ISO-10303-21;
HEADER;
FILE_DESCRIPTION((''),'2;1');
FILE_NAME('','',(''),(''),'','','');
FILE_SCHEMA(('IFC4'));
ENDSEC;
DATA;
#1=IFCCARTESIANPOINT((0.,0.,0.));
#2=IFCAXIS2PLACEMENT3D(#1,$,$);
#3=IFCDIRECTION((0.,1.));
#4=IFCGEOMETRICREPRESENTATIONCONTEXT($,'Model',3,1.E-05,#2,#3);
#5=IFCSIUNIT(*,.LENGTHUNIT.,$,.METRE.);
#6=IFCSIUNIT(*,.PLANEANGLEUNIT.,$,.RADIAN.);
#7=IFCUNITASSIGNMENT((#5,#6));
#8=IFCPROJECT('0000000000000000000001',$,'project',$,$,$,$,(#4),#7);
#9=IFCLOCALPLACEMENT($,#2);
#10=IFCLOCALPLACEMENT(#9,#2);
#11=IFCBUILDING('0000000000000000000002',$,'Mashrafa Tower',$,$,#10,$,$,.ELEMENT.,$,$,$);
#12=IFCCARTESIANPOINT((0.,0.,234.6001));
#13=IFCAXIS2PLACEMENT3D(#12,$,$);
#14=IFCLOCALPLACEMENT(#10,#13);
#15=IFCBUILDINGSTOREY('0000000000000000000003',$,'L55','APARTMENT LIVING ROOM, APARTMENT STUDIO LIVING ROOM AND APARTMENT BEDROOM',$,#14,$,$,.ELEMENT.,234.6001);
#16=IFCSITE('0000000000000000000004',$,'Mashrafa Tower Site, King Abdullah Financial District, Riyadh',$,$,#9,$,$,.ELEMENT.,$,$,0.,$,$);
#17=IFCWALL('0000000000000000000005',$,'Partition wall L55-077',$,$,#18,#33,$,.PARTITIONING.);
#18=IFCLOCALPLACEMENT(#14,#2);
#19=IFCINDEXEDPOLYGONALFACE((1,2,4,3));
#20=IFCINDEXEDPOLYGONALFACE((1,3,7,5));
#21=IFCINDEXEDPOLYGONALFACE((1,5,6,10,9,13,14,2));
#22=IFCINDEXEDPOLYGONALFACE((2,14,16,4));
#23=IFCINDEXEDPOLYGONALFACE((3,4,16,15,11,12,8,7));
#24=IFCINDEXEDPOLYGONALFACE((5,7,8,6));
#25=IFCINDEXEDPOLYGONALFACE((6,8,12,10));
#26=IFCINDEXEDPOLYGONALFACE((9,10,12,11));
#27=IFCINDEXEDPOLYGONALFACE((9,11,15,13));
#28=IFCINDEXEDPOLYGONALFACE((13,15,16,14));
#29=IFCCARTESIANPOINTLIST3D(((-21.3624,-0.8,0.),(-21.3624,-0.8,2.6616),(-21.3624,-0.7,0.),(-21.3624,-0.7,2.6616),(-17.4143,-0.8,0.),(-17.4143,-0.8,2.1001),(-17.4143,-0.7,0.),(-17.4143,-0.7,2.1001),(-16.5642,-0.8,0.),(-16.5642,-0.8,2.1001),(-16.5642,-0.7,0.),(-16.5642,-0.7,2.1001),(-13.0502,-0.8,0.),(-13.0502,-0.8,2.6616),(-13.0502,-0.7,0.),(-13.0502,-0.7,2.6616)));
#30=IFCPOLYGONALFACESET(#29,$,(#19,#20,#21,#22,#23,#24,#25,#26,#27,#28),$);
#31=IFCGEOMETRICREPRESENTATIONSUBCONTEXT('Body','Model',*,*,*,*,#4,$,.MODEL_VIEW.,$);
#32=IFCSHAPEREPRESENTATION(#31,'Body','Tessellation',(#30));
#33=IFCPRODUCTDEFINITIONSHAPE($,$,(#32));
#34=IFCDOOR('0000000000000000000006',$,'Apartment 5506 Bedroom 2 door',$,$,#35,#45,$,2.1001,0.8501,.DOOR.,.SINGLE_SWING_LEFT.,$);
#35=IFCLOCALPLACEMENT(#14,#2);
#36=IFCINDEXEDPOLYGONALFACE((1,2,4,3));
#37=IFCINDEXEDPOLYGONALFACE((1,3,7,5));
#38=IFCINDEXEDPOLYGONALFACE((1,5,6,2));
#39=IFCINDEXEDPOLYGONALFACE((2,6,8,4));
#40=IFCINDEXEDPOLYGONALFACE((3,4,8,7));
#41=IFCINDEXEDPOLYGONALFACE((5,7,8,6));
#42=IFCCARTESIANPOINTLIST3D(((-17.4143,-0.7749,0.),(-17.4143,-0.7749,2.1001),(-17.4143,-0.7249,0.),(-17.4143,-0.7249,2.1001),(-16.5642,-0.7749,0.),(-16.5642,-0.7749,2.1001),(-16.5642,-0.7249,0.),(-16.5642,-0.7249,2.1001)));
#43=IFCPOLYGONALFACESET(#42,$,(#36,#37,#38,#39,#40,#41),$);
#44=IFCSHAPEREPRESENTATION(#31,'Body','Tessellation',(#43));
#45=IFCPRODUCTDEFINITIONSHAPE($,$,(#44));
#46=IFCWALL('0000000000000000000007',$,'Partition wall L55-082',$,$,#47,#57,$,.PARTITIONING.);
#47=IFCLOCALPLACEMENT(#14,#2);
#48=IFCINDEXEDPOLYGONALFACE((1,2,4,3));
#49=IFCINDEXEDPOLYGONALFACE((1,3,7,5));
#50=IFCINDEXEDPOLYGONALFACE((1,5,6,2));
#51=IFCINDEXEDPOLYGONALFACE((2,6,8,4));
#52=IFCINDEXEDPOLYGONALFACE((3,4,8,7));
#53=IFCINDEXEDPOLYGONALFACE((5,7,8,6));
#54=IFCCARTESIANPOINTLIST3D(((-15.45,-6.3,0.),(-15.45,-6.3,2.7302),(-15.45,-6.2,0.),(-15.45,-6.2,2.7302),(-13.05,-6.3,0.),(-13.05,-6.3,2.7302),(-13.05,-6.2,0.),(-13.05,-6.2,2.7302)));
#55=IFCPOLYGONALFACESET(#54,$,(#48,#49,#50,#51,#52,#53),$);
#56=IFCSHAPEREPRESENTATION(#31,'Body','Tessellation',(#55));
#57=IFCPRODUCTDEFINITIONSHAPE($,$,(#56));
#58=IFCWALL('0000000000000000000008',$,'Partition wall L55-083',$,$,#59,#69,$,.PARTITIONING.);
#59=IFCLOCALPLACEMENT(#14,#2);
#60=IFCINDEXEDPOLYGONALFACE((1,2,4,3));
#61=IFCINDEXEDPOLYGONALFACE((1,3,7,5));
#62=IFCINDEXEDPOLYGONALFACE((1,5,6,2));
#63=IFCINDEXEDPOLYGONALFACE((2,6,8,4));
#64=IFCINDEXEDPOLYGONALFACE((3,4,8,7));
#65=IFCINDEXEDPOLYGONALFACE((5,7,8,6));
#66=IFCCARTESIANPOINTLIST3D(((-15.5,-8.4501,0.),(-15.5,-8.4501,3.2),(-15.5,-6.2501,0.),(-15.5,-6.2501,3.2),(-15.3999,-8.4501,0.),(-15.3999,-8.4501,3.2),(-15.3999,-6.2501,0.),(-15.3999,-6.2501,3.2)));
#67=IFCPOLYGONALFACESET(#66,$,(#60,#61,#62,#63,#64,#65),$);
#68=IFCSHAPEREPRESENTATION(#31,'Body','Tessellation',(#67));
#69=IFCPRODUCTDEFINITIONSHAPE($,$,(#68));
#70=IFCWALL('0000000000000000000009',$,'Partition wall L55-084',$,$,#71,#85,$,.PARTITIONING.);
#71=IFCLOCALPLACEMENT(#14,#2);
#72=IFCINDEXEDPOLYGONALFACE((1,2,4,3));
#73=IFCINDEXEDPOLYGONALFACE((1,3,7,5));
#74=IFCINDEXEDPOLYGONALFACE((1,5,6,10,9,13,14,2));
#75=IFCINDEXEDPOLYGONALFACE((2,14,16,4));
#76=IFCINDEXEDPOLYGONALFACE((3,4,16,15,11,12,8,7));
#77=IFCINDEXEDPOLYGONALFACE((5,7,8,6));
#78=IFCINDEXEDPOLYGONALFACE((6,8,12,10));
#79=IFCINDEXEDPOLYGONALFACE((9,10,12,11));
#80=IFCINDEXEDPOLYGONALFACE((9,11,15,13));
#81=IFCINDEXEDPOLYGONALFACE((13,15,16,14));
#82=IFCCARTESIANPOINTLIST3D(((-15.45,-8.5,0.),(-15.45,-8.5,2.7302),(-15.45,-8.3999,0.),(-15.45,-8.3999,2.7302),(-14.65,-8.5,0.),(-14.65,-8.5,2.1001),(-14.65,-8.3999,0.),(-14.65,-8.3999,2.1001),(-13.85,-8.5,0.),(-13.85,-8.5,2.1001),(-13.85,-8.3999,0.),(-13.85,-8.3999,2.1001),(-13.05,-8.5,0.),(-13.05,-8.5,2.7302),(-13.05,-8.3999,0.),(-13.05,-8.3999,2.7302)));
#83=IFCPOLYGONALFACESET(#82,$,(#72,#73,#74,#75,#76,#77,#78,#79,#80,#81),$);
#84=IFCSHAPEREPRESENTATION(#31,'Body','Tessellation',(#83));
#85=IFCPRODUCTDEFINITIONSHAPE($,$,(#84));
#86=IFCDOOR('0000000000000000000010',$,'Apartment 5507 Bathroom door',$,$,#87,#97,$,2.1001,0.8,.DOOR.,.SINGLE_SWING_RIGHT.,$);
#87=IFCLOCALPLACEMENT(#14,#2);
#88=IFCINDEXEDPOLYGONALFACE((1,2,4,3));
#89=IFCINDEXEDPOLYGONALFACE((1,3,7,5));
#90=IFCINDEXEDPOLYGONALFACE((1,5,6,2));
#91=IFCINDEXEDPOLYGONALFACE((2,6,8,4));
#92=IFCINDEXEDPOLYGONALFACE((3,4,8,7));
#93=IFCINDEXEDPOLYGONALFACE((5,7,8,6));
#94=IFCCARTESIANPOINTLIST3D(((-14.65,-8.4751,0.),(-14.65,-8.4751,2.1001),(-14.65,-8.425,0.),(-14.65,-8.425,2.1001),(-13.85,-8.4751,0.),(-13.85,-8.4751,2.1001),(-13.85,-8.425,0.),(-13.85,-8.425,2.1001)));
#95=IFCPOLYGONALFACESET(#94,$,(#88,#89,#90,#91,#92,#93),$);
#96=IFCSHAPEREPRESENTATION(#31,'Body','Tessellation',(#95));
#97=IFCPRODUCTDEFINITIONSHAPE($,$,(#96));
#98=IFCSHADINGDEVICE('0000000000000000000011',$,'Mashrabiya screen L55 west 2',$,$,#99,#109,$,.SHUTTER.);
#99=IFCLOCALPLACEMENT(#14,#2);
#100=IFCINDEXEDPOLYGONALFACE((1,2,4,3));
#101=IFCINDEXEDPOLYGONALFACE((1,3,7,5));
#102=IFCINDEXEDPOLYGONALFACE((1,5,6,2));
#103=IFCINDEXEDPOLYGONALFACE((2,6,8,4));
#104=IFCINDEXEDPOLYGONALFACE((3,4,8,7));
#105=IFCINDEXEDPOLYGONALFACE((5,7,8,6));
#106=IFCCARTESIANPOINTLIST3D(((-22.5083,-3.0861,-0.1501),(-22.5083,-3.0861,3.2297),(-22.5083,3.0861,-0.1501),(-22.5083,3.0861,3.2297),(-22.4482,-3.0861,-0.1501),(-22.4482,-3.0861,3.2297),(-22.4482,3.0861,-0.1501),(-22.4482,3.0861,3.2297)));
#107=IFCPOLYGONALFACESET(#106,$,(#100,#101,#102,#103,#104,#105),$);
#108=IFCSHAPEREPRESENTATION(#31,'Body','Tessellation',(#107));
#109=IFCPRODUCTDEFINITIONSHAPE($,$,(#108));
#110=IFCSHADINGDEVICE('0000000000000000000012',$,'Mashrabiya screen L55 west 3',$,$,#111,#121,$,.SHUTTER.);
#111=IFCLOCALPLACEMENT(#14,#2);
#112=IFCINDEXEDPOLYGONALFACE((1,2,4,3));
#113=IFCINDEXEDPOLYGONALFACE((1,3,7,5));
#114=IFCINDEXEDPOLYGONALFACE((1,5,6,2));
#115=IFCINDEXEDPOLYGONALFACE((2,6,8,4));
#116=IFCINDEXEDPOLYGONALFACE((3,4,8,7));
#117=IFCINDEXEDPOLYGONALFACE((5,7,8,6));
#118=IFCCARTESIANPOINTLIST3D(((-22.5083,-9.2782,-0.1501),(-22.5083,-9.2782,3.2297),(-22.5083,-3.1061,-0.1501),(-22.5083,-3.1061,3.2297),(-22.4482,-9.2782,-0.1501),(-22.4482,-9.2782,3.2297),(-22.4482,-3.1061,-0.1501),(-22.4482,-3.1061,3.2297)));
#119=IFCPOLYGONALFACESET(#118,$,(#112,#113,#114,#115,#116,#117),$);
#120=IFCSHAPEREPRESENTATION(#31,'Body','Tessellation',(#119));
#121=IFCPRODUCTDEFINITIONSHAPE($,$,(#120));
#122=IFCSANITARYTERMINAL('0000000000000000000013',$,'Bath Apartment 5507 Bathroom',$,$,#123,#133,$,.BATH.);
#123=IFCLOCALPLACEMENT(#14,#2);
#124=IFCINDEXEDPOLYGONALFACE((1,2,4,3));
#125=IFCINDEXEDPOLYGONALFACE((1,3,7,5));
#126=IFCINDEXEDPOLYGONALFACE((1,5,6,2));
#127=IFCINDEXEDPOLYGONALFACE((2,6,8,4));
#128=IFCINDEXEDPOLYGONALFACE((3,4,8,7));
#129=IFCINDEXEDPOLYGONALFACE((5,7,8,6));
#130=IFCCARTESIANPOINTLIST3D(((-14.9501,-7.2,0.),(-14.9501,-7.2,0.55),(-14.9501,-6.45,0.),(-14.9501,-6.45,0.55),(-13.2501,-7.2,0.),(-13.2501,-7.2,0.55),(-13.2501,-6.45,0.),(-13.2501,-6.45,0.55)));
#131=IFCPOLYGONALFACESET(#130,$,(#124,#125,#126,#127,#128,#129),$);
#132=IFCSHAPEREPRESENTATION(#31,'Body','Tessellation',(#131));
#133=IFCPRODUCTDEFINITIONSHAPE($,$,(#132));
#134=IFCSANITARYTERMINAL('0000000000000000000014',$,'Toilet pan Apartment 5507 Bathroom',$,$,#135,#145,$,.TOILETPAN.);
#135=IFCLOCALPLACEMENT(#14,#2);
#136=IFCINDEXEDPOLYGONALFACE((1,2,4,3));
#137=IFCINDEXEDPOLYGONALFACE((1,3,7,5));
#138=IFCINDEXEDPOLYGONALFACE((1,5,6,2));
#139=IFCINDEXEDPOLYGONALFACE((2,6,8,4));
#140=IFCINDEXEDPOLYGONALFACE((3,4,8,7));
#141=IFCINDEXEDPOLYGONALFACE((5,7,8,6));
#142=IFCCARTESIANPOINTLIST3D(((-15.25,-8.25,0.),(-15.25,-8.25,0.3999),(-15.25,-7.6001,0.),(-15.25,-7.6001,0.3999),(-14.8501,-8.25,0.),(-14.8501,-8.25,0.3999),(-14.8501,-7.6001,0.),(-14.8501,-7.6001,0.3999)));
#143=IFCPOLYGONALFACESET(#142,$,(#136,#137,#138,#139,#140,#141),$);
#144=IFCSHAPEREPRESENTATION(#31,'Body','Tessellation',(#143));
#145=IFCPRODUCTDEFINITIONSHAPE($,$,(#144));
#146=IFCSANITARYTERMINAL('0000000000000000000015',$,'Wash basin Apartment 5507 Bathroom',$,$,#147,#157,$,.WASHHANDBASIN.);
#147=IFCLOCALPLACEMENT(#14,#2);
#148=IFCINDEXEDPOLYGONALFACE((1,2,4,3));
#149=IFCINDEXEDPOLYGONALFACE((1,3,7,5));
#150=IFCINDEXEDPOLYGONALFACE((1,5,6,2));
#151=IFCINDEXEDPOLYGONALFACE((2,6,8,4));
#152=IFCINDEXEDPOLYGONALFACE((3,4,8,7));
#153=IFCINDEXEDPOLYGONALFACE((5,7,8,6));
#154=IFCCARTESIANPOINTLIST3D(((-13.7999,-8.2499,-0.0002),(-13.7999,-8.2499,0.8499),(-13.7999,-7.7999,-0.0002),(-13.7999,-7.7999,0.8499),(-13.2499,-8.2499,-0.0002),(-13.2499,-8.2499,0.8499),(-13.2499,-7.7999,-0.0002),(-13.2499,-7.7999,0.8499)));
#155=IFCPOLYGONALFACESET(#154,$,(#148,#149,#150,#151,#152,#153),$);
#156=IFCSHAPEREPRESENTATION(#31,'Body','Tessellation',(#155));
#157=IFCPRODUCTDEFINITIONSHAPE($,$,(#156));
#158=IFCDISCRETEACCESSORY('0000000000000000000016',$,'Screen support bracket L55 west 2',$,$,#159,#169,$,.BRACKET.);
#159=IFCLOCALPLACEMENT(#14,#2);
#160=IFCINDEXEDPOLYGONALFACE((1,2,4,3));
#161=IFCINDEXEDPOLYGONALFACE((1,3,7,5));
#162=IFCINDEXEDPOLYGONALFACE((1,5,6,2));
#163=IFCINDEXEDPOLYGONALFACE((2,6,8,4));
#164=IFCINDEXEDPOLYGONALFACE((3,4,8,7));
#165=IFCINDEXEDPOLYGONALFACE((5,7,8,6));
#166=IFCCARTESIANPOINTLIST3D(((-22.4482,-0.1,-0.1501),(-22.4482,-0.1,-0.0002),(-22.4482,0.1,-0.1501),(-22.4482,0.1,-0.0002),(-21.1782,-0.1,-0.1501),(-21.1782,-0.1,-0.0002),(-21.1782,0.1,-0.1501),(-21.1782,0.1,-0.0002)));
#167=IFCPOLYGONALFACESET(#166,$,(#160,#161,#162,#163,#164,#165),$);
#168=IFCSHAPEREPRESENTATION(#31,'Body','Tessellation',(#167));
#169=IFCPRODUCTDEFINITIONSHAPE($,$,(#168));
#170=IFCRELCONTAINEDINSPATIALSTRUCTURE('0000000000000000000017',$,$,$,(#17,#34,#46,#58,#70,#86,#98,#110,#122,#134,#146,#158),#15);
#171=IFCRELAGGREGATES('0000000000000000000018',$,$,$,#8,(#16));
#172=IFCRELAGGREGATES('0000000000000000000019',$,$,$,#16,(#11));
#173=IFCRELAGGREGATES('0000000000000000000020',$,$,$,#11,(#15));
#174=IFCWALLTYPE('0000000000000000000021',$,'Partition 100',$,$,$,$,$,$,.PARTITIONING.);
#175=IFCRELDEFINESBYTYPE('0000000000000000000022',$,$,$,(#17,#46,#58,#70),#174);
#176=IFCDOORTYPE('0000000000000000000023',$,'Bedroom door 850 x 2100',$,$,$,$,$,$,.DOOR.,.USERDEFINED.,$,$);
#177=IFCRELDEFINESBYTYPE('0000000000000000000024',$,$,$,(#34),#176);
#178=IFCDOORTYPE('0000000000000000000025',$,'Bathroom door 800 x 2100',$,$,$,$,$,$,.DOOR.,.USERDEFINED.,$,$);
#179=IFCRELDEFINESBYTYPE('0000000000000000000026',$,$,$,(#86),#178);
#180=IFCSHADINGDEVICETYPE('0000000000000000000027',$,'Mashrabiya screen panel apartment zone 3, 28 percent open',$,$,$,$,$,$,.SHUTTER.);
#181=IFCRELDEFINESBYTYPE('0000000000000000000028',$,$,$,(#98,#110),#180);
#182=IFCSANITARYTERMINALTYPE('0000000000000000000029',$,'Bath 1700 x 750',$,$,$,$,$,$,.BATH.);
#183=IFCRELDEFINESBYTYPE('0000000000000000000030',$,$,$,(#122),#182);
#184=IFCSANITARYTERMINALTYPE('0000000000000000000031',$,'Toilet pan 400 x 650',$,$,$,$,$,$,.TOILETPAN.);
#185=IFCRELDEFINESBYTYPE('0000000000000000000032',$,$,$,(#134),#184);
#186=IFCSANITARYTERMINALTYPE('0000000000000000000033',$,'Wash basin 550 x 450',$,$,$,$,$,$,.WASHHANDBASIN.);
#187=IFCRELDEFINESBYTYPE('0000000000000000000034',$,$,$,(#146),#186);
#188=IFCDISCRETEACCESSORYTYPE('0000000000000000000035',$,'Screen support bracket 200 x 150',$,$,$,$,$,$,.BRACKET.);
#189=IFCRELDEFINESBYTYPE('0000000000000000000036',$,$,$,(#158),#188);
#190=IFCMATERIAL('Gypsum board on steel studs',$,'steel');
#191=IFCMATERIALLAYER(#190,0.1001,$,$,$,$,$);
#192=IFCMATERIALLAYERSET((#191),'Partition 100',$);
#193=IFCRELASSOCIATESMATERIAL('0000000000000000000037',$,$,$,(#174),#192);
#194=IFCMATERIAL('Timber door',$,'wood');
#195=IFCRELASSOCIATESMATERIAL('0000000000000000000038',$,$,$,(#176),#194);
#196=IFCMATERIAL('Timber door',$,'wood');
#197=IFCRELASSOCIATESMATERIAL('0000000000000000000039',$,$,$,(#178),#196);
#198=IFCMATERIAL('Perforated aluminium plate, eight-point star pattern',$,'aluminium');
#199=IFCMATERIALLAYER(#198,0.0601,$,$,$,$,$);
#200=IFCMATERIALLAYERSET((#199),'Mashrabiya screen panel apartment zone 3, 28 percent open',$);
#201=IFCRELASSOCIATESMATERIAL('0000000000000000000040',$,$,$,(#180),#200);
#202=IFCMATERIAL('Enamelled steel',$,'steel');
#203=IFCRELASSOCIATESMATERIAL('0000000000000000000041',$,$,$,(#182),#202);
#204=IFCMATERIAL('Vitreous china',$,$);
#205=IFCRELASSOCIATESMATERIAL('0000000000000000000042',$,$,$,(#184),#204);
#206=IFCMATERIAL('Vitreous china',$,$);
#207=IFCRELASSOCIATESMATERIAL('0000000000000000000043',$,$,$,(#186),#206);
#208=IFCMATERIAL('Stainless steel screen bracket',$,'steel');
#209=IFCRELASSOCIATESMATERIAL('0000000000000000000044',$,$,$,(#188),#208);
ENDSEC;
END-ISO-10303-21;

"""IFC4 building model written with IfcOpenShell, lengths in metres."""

from ifc_helpers import new_model, si_unit, direction, frame, frame_2d, origin, origin_2d, place, context, subcontext, project, spatial, rectangle, extrude, source, transform, mapped, material, layer, layer_set, type_object, type_shapes, element, fill, save


model = new_model("IFC4")

# Units and contexts
model_context = context("Model", 3, precision=1e-05, world=origin(), true_north=direction((0.0, 1.0)))
body_context = subcontext(model_context, "Body", "Model", "MODEL_VIEW")
ifc_project = project(units=[si_unit("LENGTHUNIT", "METRE"), si_unit("PLANEANGLEUNIT", "RADIAN")], contexts=[model_context])

# Site, building, storey
site_placement = place(None, origin())
site = spatial("IfcSite", under=ifc_project, at=site_placement, Name="Mashrafa Tower Site, King Abdullah Financial District, Riyadh", CompositionType="ELEMENT", RefElevation=0.0)
building_placement = place(site_placement, origin())
building = spatial("IfcBuilding", under=site, at=building_placement, Name="Mashrafa Tower", CompositionType="ELEMENT")
storey_placement = place(building_placement, frame((0.0, 0.0, 234.6001)))
storey = spatial("IfcBuildingStorey", under=building, at=storey_placement, Name="L55", Description="APARTMENT LIVING ROOM, APARTMENT STUDIO LIVING ROOM AND APARTMENT BEDROOM", CompositionType="ELEMENT", Elevation=234.6001)

# Wall, opening, door
ifc_material_1 = material(Name="Gypsum board on steel studs", Category="steel")
ifc_layer_1 = layer(ifc_material_1, 0.1001)
ifc_layer_set_1 = layer_set([ifc_layer_1], Name="Partition 100")
wall_type_1 = type_object("IfcWallType", Name="Partition 100", PredefinedType="PARTITIONING", material=ifc_layer_set_1)
wall_1_placement = place(storey_placement, frame((-13.05, -0.75, 0.0), z_axis=(0.0, 0.0, 1.0), x_axis=(-1.0, 0.0, 0.0)))
wall_1 = element("IfcWall", 1, at=wall_1_placement, inside=storey, type_object=wall_type_1, Name="Partition wall L55-077", PredefinedType="PARTITIONING", context=body_context, shape_type="SweptSolid", body=[
    extrude(rectangle(XDim=8.3123, YDim=0.1001, at=frame_2d((4.1562, 0.0))), origin(), (0.0, 0.0, 1.0), 2.6616),
])
opening_1_placement = place(wall_1_placement, frame((3.5142, 0.0, 0.0)))
opening_1 = element("IfcOpeningElement", 2, at=opening_1_placement, cuts=wall_1, PredefinedType="OPENING", context=body_context, shape_type="SweptSolid", body=[
    extrude(rectangle(XDim=0.8501, YDim=2.1001, at=frame_2d((0.425, 1.05))), frame((0.0, 0.0601, 0.0), z_axis=(0.0, -1.0, 0.0), x_axis=(1.0, 0.0, 0.0)), (0.0, 0.0, 1.0), 0.1201),
])
ifc_material_2 = material(Name="Timber door", Category="wood")
door_type_1 = type_object("IfcDoorType", Name="Bedroom door 850 x 2100", OperationType="USERDEFINED", PredefinedType="DOOR", material=ifc_material_2)
door_1_placement = place(opening_1_placement, origin())
door_1 = element("IfcDoor", 3, at=door_1_placement, inside=storey, type_object=door_type_1, Name="Apartment 5506 Bedroom 2 door", OperationType="SINGLE_SWING_LEFT", OverallHeight=2.1001, OverallWidth=0.8501, PredefinedType="DOOR", context=body_context, shape_type="SweptSolid", body=[
    extrude(rectangle(XDim=0.8501, YDim=2.1001, at=frame_2d((0.425, 1.05))), frame((0.0, 0.0249, 0.0), z_axis=(0.0, -1.0, 0.0), x_axis=(1.0, 0.0, 0.0)), (0.0, 0.0, 1.0), 0.05),
])
fill(opening_1, door_1)

# Walls
wall_2_placement = place(storey_placement, frame((-13.05, -6.25, 0.0), z_axis=(0.0, 0.0, 1.0), x_axis=(-1.0, 0.0, 0.0)))
element("IfcWall", 4, at=wall_2_placement, inside=storey, type_object=wall_type_1, Name="Partition wall L55-082", PredefinedType="PARTITIONING", context=body_context, shape_type="SweptSolid", body=[
    extrude(rectangle(XDim=2.3999, YDim=0.1001, at=frame_2d((1.2, 0.0))), origin(), (0.0, 0.0, 1.0), 2.7302),
])
wall_3_placement = place(storey_placement, frame((-15.45, -6.25, 0.0), z_axis=(0.0, 0.0, 1.0), x_axis=(0.0, -1.0, 0.0)))
element("IfcWall", 5, at=wall_3_placement, inside=storey, type_object=wall_type_1, Name="Partition wall L55-083", PredefinedType="PARTITIONING", context=body_context, shape_type="SweptSolid", body=[
    extrude(rectangle(XDim=2.2, YDim=0.1001, at=frame_2d((1.1001, 0.0))), origin(), (0.0, 0.0, 1.0), 3.2),
])

# Wall, opening, door
wall_4_placement = place(storey_placement, frame((-15.45, -8.45, 0.0), z_axis=(0.0, 0.0, 1.0), x_axis=(1.0, 0.0, 0.0)))
wall_4 = element("IfcWall", 6, at=wall_4_placement, inside=storey, type_object=wall_type_1, Name="Partition wall L55-084", PredefinedType="PARTITIONING", context=body_context, shape_type="SweptSolid", body=[
    extrude(rectangle(XDim=2.3999, YDim=0.1001, at=frame_2d((1.2, 0.0))), origin(), (0.0, 0.0, 1.0), 2.7302),
])
opening_2_placement = place(wall_4_placement, frame((0.8, 0.0, 0.0)))
opening_2 = element("IfcOpeningElement", 7, at=opening_2_placement, cuts=wall_4, PredefinedType="OPENING", context=body_context, shape_type="SweptSolid", body=[
    extrude(rectangle(XDim=0.8, YDim=2.1001, at=frame_2d((0.3999, 1.05))), frame((0.0, 0.0601, 0.0), z_axis=(0.0, -1.0, 0.0), x_axis=(1.0, 0.0, 0.0)), (0.0, 0.0, 1.0), 0.1201),
])
ifc_material_3 = material(Name="Timber door", Category="wood")
door_type_2 = type_object("IfcDoorType", Name="Bathroom door 800 x 2100", OperationType="USERDEFINED", PredefinedType="DOOR", material=ifc_material_3)
door_2_placement = place(opening_2_placement, origin())
door_2 = element("IfcDoor", 8, at=door_2_placement, inside=storey, type_object=door_type_2, Name="Apartment 5507 Bathroom door", OperationType="SINGLE_SWING_RIGHT", OverallHeight=2.1001, OverallWidth=0.8, PredefinedType="DOOR", context=body_context, shape_type="SweptSolid", body=[
    extrude(rectangle(XDim=0.8, YDim=2.1001, at=frame_2d((0.3999, 1.05))), frame((0.0, 0.0249, 0.0), z_axis=(0.0, -1.0, 0.0), x_axis=(1.0, 0.0, 0.0)), (0.0, 0.0, 1.0), 0.05),
])
fill(opening_2, door_2)

# Shading devices
ifc_material_4 = material(Name="Perforated aluminium plate, eight-point star pattern", Category="aluminium")
ifc_layer_2 = layer(ifc_material_4, 0.0601)
ifc_layer_set_2 = layer_set([ifc_layer_2], Name="Mashrabiya screen panel apartment zone 3, 28 percent open")
shading_device_type = type_object("IfcShadingDeviceType", Name="Mashrabiya screen panel apartment zone 3, 28 percent open", PredefinedType="SHUTTER", material=ifc_layer_set_2)
shared_shape_1 = source(origin(), body_context, "Body", "SweptSolid", [
    extrude(rectangle(XDim=6.1721, YDim=0.0601, at=origin_2d()), origin(), (0.0, 0.0, 1.0), 3.3799),
])
type_shapes(shading_device_type, [shared_shape_1])
for number, where, z_axis, x_axis, name in (
    (9, (-22.4783, 0.0, -0.1501), (0.0, 0.0, 1.0), (0.0, -1.0, 0.0), "Mashrabiya screen L55 west 2"),
    (10, (-22.4783, -6.1921, -0.1501), (0.0, 0.0, 1.0), (0.0, -1.0, 0.0), "Mashrabiya screen L55 west 3"),
):
    element("IfcShadingDevice", number, at=place(storey_placement, frame(where, z_axis=z_axis, x_axis=x_axis)), inside=storey, type_object=shading_device_type, Name=name, PredefinedType="SHUTTER", context=body_context, shape_type="MappedRepresentation", body=[
        mapped(shared_shape_1, transform((0.0, 0.0, 0.0))),
    ])

# Sanitary terminals
ifc_material_5 = material(Name="Enamelled steel", Category="steel")
sanitary_terminal_type_1 = type_object("IfcSanitaryTerminalType", Name="Bath 1700 x 750", PredefinedType="BATH", material=ifc_material_5)
sanitary_terminal_1_placement = place(storey_placement, frame((-14.1001, -6.825, 0.0), z_axis=(0.0, 0.0, 1.0), x_axis=(-1.0, 0.0, 0.0)))
element("IfcSanitaryTerminal", 11, at=sanitary_terminal_1_placement, inside=storey, type_object=sanitary_terminal_type_1, Name="Bath Apartment 5507 Bathroom", PredefinedType="BATH", context=body_context, shape_type="SweptSolid", body=[
    extrude(rectangle(XDim=1.7, YDim=0.75, at=origin_2d()), origin(), (0.0, 0.0, 1.0), 0.55),
])
ifc_material_6 = material(Name="Vitreous china")
sanitary_terminal_type_2 = type_object("IfcSanitaryTerminalType", Name="Toilet pan 400 x 650", PredefinedType="TOILETPAN", material=ifc_material_6)
sanitary_terminal_2_placement = place(storey_placement, frame((-15.05, -7.925, 0.0), z_axis=(0.0, 0.0, 1.0), x_axis=(1.0, 0.0, 0.0)))
element("IfcSanitaryTerminal", 12, at=sanitary_terminal_2_placement, inside=storey, type_object=sanitary_terminal_type_2, Name="Toilet pan Apartment 5507 Bathroom", PredefinedType="TOILETPAN", context=body_context, shape_type="SweptSolid", body=[
    extrude(rectangle(XDim=0.3999, YDim=0.6499, at=origin_2d()), origin(), (0.0, 0.0, 1.0), 0.3999),
])
ifc_material_7 = material(Name="Vitreous china")
sanitary_terminal_type_3 = type_object("IfcSanitaryTerminalType", Name="Wash basin 550 x 450", PredefinedType="WASHHANDBASIN", material=ifc_material_7)
sanitary_terminal_3_placement = place(storey_placement, frame((-13.5249, -8.0249, -0.0002), z_axis=(0.0, 0.0, 1.0), x_axis=(1.0, 0.0, 0.0)))
element("IfcSanitaryTerminal", 13, at=sanitary_terminal_3_placement, inside=storey, type_object=sanitary_terminal_type_3, Name="Wash basin Apartment 5507 Bathroom", PredefinedType="WASHHANDBASIN", context=body_context, shape_type="SweptSolid", body=[
    extrude(rectangle(XDim=0.55, YDim=0.45, at=origin_2d()), origin(), (0.0, 0.0, 1.0), 0.8501),
])

# Discrete accessory
ifc_material_8 = material(Name="Stainless steel screen bracket", Category="steel")
discrete_accessory_type = type_object("IfcDiscreteAccessoryType", Name="Screen support bracket 200 x 150", PredefinedType="BRACKET", material=ifc_material_8)
shared_shape_2 = source(origin(), body_context, "Body", "SweptSolid", [
    extrude(rectangle(XDim=0.2, YDim=1.27, at=origin_2d()), origin(), (0.0, 0.0, 1.0), 0.1499),
])
type_shapes(discrete_accessory_type, [shared_shape_2])
for number, where, z_axis, x_axis, name in (
    (14, (-21.8132, 0.0, -0.1501), (0.0, 0.0, 1.0), (0.0, -1.0, 0.0), "Screen support bracket L55 west 2"),
):
    element("IfcDiscreteAccessory", number, at=place(storey_placement, frame(where, z_axis=z_axis, x_axis=x_axis)), inside=storey, type_object=discrete_accessory_type, Name=name, PredefinedType="BRACKET", context=body_context, shape_type="MappedRepresentation", body=[
        mapped(shared_shape_2, transform((0.0, 0.0, 0.0))),
    ])

save(model, "model.ifc")
